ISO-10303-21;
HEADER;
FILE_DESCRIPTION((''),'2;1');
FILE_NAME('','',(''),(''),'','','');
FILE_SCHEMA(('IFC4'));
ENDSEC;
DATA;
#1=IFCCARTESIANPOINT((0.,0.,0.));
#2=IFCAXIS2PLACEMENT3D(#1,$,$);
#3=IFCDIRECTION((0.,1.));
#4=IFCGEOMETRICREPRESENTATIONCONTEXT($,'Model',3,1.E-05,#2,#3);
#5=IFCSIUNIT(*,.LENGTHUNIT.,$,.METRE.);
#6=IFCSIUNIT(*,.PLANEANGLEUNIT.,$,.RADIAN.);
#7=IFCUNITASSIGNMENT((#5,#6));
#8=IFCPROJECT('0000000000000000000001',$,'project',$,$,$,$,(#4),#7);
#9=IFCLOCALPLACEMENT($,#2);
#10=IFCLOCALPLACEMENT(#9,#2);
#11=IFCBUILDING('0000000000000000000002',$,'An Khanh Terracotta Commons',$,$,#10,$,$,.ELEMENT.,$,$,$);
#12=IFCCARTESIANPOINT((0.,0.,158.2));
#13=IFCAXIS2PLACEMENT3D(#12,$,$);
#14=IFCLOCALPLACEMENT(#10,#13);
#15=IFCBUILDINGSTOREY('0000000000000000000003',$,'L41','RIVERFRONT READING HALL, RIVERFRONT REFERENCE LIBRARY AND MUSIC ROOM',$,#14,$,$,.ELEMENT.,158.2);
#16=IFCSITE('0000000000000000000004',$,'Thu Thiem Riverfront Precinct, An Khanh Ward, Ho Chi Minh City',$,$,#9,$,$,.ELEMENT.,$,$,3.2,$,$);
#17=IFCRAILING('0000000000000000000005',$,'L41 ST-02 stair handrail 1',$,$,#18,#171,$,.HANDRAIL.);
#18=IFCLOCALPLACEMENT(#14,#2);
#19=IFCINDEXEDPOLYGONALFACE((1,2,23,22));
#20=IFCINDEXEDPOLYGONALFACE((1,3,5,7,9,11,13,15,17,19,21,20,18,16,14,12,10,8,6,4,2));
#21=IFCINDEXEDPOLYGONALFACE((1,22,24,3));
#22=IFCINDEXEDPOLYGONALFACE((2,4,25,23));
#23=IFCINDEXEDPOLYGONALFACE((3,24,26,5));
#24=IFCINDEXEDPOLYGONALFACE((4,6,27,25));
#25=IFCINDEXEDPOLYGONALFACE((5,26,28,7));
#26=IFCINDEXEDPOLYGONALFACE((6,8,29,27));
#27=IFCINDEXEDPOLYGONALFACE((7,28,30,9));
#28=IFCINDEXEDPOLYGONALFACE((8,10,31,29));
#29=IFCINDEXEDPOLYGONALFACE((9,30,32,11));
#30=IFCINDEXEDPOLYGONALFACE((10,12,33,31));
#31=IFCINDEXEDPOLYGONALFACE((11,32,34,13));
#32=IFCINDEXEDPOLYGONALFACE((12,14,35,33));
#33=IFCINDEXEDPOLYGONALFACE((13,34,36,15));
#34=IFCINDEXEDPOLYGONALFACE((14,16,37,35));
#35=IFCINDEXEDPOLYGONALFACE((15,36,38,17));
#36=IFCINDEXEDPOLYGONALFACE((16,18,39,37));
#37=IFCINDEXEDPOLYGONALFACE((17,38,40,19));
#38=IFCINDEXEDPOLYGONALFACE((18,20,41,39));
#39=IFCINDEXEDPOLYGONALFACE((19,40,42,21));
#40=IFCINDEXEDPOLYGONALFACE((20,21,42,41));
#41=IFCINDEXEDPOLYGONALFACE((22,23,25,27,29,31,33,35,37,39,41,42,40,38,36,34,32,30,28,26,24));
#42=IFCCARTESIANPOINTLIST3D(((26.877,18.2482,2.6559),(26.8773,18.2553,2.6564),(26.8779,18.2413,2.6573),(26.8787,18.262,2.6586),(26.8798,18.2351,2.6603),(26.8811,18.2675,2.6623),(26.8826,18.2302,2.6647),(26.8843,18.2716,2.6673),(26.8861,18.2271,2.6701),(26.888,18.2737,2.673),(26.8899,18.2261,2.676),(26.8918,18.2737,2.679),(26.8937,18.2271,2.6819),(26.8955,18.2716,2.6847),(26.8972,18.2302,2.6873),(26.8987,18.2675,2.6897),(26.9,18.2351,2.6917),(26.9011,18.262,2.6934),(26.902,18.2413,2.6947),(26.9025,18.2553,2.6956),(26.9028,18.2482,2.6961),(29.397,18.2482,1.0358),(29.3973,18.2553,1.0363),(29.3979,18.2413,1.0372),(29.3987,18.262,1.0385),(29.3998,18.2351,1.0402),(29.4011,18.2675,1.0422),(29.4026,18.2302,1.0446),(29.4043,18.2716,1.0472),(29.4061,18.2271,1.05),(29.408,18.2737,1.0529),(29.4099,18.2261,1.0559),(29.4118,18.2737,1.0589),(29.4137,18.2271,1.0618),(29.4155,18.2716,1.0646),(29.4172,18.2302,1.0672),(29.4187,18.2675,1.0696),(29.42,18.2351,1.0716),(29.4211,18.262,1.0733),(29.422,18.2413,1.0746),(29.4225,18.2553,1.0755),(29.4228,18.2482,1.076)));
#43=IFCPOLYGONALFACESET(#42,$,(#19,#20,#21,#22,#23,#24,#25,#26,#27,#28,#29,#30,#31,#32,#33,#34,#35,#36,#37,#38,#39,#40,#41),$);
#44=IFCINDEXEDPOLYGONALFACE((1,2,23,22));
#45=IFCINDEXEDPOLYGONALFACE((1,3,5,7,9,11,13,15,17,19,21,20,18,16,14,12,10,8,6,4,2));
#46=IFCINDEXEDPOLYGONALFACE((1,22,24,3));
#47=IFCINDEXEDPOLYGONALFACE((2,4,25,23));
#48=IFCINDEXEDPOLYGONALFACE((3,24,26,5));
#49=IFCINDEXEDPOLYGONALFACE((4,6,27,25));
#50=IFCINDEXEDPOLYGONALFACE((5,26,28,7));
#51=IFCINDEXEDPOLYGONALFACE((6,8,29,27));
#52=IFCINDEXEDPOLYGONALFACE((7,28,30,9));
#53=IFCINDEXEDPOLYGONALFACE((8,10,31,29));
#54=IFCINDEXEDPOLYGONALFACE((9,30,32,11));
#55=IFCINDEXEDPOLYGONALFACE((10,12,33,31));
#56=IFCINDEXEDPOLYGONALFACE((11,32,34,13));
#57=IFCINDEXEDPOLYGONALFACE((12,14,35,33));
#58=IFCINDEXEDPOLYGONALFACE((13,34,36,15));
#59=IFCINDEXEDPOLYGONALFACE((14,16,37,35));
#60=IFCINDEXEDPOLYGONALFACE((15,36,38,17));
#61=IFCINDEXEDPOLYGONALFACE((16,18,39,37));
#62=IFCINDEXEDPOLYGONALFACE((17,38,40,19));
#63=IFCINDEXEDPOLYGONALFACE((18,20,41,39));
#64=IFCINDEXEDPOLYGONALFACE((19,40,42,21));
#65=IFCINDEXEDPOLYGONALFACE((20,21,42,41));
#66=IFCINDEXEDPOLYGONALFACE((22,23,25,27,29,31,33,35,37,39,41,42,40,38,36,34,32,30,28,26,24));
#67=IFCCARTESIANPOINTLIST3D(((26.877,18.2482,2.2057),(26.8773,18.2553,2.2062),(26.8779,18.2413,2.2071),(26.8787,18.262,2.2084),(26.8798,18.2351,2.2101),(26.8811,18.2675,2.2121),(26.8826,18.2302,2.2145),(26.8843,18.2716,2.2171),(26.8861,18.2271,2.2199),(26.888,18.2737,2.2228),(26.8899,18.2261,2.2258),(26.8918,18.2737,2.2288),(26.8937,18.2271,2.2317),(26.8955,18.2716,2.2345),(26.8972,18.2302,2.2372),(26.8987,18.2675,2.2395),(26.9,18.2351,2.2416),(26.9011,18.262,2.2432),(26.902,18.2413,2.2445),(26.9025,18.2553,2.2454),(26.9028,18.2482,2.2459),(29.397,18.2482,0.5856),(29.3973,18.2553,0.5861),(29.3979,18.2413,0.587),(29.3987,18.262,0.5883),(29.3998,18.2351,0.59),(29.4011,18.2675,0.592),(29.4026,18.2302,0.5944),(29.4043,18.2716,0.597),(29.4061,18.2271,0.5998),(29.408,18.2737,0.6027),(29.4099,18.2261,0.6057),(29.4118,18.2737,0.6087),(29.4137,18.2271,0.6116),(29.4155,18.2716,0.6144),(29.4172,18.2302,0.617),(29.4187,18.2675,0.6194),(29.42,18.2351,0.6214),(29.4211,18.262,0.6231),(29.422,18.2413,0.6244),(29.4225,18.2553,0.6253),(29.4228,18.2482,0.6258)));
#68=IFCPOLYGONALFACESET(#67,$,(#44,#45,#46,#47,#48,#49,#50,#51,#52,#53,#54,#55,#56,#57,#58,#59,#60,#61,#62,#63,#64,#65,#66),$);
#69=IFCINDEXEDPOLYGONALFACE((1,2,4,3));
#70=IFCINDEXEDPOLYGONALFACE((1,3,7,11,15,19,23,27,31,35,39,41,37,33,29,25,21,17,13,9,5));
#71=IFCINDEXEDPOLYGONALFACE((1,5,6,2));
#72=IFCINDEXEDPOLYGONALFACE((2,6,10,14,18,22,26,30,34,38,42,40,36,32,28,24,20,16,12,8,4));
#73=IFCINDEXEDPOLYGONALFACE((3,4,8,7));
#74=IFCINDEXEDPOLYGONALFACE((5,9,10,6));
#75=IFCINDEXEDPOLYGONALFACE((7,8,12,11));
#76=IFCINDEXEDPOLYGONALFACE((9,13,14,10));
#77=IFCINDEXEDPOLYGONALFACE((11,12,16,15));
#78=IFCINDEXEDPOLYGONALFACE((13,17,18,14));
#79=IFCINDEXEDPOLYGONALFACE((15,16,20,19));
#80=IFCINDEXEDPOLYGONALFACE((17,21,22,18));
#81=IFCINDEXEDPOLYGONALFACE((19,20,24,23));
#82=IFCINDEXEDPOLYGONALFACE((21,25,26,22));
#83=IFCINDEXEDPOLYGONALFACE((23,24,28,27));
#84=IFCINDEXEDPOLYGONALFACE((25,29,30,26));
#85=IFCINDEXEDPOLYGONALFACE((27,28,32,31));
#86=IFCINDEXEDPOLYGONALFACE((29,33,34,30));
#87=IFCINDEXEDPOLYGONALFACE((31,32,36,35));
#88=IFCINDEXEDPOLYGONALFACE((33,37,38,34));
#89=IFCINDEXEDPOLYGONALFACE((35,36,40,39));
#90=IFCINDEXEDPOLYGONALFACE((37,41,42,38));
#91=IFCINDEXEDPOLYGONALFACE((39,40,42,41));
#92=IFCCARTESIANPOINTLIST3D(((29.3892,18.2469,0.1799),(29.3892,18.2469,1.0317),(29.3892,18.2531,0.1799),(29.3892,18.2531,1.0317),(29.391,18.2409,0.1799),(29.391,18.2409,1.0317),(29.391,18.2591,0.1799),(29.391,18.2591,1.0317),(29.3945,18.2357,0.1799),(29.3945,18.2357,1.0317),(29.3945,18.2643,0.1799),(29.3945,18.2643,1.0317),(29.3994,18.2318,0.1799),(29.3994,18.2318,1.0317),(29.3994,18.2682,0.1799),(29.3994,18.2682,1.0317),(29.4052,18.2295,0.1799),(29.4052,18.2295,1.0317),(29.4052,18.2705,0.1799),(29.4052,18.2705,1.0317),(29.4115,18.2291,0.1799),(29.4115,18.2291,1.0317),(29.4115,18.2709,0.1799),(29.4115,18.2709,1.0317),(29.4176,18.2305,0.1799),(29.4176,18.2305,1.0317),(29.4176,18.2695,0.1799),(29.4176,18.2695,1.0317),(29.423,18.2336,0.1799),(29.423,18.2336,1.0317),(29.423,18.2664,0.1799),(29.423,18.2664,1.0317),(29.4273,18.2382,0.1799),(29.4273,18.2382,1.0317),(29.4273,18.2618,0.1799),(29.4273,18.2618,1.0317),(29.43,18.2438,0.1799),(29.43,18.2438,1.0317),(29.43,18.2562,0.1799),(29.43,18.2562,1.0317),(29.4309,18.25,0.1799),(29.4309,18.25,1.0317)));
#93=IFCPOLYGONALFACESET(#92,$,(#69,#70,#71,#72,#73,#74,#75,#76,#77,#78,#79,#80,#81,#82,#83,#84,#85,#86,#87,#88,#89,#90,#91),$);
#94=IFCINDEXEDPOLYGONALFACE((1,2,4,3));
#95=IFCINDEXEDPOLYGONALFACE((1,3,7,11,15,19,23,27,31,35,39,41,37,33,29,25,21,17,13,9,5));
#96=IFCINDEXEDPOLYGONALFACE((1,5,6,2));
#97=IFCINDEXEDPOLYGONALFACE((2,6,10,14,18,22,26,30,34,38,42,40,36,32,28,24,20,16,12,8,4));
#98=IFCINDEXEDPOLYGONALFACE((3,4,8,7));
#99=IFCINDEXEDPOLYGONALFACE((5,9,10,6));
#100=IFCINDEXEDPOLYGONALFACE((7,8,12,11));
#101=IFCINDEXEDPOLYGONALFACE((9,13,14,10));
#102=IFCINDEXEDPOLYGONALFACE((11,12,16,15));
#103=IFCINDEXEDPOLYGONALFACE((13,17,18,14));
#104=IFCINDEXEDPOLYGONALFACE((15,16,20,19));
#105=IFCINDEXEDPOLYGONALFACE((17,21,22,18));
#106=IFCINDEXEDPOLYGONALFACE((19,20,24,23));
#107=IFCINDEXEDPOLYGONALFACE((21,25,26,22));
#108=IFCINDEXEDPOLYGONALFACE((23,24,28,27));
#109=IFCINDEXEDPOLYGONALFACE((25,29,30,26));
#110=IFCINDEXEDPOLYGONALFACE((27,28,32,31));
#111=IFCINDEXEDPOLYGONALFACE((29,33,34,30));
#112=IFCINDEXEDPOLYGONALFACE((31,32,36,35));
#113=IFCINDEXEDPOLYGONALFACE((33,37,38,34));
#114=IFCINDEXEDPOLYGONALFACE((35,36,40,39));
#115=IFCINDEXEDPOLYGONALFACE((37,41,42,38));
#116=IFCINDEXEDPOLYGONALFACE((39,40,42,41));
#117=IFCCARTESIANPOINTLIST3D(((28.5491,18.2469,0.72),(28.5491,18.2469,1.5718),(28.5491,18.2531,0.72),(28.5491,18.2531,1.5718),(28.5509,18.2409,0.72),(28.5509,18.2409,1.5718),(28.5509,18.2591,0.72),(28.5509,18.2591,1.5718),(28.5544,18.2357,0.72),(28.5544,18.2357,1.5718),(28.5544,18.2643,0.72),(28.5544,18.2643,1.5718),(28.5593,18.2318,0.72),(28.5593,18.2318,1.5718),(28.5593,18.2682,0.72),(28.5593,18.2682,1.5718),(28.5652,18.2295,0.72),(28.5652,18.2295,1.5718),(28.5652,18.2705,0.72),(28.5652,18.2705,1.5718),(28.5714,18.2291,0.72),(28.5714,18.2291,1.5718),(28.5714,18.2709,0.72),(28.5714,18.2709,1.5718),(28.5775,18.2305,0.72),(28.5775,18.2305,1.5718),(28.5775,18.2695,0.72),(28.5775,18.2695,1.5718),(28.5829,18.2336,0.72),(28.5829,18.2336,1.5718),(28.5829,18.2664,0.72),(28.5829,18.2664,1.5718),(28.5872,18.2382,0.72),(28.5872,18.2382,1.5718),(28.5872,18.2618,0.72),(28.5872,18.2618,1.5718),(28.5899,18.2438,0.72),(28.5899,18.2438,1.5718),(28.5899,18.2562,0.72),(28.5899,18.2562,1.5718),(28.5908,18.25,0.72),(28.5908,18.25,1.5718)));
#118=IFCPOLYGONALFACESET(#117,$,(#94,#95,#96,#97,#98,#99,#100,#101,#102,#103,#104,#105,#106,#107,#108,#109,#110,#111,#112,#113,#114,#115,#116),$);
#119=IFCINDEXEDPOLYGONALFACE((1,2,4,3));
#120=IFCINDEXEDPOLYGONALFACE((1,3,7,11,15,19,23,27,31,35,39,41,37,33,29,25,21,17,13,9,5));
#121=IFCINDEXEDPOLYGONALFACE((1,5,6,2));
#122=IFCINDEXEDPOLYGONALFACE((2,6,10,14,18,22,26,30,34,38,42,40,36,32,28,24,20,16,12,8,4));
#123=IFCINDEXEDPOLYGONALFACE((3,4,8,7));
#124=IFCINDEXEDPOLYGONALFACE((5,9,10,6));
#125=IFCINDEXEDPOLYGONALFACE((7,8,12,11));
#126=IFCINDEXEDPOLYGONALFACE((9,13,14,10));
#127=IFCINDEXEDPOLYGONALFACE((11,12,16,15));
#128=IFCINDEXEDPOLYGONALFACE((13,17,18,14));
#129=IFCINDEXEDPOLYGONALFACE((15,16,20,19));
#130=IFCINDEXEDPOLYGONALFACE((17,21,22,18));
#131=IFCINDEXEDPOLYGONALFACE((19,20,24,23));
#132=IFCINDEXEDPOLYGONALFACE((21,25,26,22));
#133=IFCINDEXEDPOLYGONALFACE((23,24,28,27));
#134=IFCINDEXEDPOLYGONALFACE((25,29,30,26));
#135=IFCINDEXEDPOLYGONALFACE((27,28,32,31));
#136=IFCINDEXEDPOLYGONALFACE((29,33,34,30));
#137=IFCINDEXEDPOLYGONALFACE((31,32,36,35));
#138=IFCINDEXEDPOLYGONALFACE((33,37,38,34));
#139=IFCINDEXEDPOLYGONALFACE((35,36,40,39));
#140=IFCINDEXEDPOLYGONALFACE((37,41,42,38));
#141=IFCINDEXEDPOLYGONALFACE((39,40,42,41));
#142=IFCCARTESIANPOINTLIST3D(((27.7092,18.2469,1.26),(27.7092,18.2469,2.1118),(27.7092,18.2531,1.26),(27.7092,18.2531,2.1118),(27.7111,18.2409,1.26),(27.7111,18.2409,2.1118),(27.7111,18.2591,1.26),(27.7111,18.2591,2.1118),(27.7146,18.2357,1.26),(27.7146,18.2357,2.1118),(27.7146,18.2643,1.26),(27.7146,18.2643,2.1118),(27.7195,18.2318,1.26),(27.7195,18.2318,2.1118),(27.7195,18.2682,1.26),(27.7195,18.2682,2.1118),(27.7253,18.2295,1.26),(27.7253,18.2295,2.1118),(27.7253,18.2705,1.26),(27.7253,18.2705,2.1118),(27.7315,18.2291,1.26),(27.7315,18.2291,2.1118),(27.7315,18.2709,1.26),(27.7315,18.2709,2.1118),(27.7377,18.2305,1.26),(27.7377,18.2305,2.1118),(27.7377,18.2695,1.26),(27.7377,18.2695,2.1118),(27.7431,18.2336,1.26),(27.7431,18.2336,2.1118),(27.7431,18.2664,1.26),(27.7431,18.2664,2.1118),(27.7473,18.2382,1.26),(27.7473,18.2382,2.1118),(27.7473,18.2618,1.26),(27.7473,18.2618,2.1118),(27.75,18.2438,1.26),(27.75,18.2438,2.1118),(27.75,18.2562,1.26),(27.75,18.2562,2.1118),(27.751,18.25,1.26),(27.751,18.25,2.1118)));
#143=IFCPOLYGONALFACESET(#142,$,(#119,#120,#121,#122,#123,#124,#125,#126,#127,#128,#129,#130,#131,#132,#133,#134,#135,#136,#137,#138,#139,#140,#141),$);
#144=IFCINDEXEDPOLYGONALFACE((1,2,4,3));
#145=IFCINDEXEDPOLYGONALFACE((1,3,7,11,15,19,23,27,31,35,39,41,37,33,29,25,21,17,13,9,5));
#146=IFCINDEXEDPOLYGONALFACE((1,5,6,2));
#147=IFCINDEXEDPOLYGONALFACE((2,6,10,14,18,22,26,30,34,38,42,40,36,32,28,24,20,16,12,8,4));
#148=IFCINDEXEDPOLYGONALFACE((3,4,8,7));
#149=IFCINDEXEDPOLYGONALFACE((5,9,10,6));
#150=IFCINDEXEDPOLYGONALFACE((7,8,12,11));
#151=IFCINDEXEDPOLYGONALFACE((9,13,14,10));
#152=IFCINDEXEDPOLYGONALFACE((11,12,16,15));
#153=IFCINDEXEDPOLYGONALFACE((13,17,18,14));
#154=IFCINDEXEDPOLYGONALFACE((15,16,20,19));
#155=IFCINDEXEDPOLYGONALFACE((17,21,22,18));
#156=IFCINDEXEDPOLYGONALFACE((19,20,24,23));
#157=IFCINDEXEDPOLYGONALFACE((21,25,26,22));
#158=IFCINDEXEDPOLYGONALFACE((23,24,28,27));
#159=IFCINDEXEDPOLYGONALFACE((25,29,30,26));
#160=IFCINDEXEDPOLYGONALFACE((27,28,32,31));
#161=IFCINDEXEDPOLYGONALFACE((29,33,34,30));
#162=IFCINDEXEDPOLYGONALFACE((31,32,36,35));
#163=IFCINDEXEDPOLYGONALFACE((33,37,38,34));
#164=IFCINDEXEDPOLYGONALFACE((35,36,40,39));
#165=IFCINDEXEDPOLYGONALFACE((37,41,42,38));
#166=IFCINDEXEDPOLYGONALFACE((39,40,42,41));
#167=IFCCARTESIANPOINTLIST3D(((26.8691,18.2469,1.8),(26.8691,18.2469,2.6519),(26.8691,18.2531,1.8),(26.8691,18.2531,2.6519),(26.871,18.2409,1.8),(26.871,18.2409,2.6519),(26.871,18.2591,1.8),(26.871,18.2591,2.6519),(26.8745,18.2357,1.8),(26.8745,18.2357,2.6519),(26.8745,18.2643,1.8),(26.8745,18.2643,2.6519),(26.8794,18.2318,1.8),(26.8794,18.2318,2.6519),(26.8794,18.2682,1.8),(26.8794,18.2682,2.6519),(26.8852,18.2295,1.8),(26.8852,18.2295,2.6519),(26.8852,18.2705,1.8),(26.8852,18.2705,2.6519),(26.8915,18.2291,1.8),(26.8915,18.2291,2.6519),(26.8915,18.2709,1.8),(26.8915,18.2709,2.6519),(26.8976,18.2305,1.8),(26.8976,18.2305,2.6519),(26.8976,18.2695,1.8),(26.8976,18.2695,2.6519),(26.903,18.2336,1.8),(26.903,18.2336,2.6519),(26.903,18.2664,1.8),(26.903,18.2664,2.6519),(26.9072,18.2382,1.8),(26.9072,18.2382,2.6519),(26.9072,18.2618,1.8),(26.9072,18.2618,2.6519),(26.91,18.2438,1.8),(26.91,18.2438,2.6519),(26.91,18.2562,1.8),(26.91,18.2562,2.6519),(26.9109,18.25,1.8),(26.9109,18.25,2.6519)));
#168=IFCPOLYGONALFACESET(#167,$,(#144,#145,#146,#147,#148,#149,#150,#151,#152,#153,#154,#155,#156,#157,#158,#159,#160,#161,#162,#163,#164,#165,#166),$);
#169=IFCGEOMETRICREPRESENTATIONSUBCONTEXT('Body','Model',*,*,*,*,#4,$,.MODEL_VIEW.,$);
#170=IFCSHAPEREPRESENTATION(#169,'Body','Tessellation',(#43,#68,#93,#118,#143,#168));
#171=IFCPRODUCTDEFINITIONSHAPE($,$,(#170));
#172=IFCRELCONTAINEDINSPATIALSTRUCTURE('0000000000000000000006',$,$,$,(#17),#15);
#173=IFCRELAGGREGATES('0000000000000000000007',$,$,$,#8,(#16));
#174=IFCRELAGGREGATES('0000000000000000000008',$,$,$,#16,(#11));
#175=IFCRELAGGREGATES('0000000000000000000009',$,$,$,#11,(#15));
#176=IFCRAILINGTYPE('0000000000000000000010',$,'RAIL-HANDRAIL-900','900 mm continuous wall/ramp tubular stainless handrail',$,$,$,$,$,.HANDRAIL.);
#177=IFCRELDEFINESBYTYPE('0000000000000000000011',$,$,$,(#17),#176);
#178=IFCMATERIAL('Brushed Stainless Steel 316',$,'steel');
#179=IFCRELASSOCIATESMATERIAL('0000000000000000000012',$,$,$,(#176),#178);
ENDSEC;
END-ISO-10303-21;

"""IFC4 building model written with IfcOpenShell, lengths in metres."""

from ifc_helpers import new_model, si_unit, direction, frame, origin, origin_2d, place, context, subcontext, project, spatial, circle, extrude, material, type_object, element, save


model = new_model("IFC4")

# Units and contexts
model_context = context("Model", 3, precision=1e-05, world=origin(), true_north=direction((0.0, 1.0)))
body_context = subcontext(model_context, "Body", "Model", "MODEL_VIEW")
ifc_project = project(units=[si_unit("LENGTHUNIT", "METRE"), si_unit("PLANEANGLEUNIT", "RADIAN")], contexts=[model_context])

# Site, building, storey
site_placement = place(None, origin())
site = spatial("IfcSite", under=ifc_project, at=site_placement, Name="Thu Thiem Riverfront Precinct, An Khanh Ward, Ho Chi Minh City", CompositionType="ELEMENT", RefElevation=3.2)
building_placement = place(site_placement, origin())
building = spatial("IfcBuilding", under=site, at=building_placement, Name="An Khanh Terracotta Commons", CompositionType="ELEMENT")
storey_placement = place(building_placement, frame((0.0, 0.0, 158.2)))
storey = spatial("IfcBuildingStorey", under=building, at=storey_placement, Name="L41", Description="RIVERFRONT READING HALL, RIVERFRONT REFERENCE LIBRARY AND MUSIC ROOM", CompositionType="ELEMENT", Elevation=158.2)

# Railing
ifc_material_1 = material(Name="Brushed Stainless Steel 316", Category="steel")
railing_type_1 = type_object("IfcRailingType", Name="RAIL-HANDRAIL-900", Description="900 mm continuous wall/ramp tubular stainless handrail", PredefinedType="HANDRAIL", material=ifc_material_1)
railing_1_placement = place(storey_placement, frame((29.4099, 18.25, 0.1799)))
element("IfcRailing", 1, at=railing_1_placement, inside=storey, type_object=railing_type_1, Name="L41 ST-02 stair handrail 1", PredefinedType="HANDRAIL", context=body_context, shape_type="SweptSolid", body=[
    extrude(circle(Radius=0.0239, at=origin_2d()), frame((0.0, 0.0, 0.876), z_axis=(-0.841163, 0.0, 0.540782), x_axis=(0.0, -1.0, 0.0)), (0.0, 0.0, 1.0), 2.9958),
    extrude(circle(Radius=0.0239, at=origin_2d()), frame((0.0, 0.0, 0.4258), z_axis=(-0.841163, 0.0, 0.540782), x_axis=(0.0, -1.0, 0.0)), (0.0, 0.0, 1.0), 2.9958),
    extrude(circle(Radius=0.021, at=origin_2d()), origin(), (0.0, 0.0, 1.0), 0.8518),
    extrude(circle(Radius=0.021, at=origin_2d()), frame((-0.8401, 0.0, 0.54)), (0.0, 0.0, 1.0), 0.8518),
    extrude(circle(Radius=0.021, at=origin_2d()), frame((-1.6799, 0.0, 1.0801)), (0.0, 0.0, 1.0), 0.8518),
    extrude(circle(Radius=0.021, at=origin_2d()), frame((-2.52, 0.0, 1.6201)), (0.0, 0.0, 1.0), 0.8518),
])

save(model, "model.ifc")
